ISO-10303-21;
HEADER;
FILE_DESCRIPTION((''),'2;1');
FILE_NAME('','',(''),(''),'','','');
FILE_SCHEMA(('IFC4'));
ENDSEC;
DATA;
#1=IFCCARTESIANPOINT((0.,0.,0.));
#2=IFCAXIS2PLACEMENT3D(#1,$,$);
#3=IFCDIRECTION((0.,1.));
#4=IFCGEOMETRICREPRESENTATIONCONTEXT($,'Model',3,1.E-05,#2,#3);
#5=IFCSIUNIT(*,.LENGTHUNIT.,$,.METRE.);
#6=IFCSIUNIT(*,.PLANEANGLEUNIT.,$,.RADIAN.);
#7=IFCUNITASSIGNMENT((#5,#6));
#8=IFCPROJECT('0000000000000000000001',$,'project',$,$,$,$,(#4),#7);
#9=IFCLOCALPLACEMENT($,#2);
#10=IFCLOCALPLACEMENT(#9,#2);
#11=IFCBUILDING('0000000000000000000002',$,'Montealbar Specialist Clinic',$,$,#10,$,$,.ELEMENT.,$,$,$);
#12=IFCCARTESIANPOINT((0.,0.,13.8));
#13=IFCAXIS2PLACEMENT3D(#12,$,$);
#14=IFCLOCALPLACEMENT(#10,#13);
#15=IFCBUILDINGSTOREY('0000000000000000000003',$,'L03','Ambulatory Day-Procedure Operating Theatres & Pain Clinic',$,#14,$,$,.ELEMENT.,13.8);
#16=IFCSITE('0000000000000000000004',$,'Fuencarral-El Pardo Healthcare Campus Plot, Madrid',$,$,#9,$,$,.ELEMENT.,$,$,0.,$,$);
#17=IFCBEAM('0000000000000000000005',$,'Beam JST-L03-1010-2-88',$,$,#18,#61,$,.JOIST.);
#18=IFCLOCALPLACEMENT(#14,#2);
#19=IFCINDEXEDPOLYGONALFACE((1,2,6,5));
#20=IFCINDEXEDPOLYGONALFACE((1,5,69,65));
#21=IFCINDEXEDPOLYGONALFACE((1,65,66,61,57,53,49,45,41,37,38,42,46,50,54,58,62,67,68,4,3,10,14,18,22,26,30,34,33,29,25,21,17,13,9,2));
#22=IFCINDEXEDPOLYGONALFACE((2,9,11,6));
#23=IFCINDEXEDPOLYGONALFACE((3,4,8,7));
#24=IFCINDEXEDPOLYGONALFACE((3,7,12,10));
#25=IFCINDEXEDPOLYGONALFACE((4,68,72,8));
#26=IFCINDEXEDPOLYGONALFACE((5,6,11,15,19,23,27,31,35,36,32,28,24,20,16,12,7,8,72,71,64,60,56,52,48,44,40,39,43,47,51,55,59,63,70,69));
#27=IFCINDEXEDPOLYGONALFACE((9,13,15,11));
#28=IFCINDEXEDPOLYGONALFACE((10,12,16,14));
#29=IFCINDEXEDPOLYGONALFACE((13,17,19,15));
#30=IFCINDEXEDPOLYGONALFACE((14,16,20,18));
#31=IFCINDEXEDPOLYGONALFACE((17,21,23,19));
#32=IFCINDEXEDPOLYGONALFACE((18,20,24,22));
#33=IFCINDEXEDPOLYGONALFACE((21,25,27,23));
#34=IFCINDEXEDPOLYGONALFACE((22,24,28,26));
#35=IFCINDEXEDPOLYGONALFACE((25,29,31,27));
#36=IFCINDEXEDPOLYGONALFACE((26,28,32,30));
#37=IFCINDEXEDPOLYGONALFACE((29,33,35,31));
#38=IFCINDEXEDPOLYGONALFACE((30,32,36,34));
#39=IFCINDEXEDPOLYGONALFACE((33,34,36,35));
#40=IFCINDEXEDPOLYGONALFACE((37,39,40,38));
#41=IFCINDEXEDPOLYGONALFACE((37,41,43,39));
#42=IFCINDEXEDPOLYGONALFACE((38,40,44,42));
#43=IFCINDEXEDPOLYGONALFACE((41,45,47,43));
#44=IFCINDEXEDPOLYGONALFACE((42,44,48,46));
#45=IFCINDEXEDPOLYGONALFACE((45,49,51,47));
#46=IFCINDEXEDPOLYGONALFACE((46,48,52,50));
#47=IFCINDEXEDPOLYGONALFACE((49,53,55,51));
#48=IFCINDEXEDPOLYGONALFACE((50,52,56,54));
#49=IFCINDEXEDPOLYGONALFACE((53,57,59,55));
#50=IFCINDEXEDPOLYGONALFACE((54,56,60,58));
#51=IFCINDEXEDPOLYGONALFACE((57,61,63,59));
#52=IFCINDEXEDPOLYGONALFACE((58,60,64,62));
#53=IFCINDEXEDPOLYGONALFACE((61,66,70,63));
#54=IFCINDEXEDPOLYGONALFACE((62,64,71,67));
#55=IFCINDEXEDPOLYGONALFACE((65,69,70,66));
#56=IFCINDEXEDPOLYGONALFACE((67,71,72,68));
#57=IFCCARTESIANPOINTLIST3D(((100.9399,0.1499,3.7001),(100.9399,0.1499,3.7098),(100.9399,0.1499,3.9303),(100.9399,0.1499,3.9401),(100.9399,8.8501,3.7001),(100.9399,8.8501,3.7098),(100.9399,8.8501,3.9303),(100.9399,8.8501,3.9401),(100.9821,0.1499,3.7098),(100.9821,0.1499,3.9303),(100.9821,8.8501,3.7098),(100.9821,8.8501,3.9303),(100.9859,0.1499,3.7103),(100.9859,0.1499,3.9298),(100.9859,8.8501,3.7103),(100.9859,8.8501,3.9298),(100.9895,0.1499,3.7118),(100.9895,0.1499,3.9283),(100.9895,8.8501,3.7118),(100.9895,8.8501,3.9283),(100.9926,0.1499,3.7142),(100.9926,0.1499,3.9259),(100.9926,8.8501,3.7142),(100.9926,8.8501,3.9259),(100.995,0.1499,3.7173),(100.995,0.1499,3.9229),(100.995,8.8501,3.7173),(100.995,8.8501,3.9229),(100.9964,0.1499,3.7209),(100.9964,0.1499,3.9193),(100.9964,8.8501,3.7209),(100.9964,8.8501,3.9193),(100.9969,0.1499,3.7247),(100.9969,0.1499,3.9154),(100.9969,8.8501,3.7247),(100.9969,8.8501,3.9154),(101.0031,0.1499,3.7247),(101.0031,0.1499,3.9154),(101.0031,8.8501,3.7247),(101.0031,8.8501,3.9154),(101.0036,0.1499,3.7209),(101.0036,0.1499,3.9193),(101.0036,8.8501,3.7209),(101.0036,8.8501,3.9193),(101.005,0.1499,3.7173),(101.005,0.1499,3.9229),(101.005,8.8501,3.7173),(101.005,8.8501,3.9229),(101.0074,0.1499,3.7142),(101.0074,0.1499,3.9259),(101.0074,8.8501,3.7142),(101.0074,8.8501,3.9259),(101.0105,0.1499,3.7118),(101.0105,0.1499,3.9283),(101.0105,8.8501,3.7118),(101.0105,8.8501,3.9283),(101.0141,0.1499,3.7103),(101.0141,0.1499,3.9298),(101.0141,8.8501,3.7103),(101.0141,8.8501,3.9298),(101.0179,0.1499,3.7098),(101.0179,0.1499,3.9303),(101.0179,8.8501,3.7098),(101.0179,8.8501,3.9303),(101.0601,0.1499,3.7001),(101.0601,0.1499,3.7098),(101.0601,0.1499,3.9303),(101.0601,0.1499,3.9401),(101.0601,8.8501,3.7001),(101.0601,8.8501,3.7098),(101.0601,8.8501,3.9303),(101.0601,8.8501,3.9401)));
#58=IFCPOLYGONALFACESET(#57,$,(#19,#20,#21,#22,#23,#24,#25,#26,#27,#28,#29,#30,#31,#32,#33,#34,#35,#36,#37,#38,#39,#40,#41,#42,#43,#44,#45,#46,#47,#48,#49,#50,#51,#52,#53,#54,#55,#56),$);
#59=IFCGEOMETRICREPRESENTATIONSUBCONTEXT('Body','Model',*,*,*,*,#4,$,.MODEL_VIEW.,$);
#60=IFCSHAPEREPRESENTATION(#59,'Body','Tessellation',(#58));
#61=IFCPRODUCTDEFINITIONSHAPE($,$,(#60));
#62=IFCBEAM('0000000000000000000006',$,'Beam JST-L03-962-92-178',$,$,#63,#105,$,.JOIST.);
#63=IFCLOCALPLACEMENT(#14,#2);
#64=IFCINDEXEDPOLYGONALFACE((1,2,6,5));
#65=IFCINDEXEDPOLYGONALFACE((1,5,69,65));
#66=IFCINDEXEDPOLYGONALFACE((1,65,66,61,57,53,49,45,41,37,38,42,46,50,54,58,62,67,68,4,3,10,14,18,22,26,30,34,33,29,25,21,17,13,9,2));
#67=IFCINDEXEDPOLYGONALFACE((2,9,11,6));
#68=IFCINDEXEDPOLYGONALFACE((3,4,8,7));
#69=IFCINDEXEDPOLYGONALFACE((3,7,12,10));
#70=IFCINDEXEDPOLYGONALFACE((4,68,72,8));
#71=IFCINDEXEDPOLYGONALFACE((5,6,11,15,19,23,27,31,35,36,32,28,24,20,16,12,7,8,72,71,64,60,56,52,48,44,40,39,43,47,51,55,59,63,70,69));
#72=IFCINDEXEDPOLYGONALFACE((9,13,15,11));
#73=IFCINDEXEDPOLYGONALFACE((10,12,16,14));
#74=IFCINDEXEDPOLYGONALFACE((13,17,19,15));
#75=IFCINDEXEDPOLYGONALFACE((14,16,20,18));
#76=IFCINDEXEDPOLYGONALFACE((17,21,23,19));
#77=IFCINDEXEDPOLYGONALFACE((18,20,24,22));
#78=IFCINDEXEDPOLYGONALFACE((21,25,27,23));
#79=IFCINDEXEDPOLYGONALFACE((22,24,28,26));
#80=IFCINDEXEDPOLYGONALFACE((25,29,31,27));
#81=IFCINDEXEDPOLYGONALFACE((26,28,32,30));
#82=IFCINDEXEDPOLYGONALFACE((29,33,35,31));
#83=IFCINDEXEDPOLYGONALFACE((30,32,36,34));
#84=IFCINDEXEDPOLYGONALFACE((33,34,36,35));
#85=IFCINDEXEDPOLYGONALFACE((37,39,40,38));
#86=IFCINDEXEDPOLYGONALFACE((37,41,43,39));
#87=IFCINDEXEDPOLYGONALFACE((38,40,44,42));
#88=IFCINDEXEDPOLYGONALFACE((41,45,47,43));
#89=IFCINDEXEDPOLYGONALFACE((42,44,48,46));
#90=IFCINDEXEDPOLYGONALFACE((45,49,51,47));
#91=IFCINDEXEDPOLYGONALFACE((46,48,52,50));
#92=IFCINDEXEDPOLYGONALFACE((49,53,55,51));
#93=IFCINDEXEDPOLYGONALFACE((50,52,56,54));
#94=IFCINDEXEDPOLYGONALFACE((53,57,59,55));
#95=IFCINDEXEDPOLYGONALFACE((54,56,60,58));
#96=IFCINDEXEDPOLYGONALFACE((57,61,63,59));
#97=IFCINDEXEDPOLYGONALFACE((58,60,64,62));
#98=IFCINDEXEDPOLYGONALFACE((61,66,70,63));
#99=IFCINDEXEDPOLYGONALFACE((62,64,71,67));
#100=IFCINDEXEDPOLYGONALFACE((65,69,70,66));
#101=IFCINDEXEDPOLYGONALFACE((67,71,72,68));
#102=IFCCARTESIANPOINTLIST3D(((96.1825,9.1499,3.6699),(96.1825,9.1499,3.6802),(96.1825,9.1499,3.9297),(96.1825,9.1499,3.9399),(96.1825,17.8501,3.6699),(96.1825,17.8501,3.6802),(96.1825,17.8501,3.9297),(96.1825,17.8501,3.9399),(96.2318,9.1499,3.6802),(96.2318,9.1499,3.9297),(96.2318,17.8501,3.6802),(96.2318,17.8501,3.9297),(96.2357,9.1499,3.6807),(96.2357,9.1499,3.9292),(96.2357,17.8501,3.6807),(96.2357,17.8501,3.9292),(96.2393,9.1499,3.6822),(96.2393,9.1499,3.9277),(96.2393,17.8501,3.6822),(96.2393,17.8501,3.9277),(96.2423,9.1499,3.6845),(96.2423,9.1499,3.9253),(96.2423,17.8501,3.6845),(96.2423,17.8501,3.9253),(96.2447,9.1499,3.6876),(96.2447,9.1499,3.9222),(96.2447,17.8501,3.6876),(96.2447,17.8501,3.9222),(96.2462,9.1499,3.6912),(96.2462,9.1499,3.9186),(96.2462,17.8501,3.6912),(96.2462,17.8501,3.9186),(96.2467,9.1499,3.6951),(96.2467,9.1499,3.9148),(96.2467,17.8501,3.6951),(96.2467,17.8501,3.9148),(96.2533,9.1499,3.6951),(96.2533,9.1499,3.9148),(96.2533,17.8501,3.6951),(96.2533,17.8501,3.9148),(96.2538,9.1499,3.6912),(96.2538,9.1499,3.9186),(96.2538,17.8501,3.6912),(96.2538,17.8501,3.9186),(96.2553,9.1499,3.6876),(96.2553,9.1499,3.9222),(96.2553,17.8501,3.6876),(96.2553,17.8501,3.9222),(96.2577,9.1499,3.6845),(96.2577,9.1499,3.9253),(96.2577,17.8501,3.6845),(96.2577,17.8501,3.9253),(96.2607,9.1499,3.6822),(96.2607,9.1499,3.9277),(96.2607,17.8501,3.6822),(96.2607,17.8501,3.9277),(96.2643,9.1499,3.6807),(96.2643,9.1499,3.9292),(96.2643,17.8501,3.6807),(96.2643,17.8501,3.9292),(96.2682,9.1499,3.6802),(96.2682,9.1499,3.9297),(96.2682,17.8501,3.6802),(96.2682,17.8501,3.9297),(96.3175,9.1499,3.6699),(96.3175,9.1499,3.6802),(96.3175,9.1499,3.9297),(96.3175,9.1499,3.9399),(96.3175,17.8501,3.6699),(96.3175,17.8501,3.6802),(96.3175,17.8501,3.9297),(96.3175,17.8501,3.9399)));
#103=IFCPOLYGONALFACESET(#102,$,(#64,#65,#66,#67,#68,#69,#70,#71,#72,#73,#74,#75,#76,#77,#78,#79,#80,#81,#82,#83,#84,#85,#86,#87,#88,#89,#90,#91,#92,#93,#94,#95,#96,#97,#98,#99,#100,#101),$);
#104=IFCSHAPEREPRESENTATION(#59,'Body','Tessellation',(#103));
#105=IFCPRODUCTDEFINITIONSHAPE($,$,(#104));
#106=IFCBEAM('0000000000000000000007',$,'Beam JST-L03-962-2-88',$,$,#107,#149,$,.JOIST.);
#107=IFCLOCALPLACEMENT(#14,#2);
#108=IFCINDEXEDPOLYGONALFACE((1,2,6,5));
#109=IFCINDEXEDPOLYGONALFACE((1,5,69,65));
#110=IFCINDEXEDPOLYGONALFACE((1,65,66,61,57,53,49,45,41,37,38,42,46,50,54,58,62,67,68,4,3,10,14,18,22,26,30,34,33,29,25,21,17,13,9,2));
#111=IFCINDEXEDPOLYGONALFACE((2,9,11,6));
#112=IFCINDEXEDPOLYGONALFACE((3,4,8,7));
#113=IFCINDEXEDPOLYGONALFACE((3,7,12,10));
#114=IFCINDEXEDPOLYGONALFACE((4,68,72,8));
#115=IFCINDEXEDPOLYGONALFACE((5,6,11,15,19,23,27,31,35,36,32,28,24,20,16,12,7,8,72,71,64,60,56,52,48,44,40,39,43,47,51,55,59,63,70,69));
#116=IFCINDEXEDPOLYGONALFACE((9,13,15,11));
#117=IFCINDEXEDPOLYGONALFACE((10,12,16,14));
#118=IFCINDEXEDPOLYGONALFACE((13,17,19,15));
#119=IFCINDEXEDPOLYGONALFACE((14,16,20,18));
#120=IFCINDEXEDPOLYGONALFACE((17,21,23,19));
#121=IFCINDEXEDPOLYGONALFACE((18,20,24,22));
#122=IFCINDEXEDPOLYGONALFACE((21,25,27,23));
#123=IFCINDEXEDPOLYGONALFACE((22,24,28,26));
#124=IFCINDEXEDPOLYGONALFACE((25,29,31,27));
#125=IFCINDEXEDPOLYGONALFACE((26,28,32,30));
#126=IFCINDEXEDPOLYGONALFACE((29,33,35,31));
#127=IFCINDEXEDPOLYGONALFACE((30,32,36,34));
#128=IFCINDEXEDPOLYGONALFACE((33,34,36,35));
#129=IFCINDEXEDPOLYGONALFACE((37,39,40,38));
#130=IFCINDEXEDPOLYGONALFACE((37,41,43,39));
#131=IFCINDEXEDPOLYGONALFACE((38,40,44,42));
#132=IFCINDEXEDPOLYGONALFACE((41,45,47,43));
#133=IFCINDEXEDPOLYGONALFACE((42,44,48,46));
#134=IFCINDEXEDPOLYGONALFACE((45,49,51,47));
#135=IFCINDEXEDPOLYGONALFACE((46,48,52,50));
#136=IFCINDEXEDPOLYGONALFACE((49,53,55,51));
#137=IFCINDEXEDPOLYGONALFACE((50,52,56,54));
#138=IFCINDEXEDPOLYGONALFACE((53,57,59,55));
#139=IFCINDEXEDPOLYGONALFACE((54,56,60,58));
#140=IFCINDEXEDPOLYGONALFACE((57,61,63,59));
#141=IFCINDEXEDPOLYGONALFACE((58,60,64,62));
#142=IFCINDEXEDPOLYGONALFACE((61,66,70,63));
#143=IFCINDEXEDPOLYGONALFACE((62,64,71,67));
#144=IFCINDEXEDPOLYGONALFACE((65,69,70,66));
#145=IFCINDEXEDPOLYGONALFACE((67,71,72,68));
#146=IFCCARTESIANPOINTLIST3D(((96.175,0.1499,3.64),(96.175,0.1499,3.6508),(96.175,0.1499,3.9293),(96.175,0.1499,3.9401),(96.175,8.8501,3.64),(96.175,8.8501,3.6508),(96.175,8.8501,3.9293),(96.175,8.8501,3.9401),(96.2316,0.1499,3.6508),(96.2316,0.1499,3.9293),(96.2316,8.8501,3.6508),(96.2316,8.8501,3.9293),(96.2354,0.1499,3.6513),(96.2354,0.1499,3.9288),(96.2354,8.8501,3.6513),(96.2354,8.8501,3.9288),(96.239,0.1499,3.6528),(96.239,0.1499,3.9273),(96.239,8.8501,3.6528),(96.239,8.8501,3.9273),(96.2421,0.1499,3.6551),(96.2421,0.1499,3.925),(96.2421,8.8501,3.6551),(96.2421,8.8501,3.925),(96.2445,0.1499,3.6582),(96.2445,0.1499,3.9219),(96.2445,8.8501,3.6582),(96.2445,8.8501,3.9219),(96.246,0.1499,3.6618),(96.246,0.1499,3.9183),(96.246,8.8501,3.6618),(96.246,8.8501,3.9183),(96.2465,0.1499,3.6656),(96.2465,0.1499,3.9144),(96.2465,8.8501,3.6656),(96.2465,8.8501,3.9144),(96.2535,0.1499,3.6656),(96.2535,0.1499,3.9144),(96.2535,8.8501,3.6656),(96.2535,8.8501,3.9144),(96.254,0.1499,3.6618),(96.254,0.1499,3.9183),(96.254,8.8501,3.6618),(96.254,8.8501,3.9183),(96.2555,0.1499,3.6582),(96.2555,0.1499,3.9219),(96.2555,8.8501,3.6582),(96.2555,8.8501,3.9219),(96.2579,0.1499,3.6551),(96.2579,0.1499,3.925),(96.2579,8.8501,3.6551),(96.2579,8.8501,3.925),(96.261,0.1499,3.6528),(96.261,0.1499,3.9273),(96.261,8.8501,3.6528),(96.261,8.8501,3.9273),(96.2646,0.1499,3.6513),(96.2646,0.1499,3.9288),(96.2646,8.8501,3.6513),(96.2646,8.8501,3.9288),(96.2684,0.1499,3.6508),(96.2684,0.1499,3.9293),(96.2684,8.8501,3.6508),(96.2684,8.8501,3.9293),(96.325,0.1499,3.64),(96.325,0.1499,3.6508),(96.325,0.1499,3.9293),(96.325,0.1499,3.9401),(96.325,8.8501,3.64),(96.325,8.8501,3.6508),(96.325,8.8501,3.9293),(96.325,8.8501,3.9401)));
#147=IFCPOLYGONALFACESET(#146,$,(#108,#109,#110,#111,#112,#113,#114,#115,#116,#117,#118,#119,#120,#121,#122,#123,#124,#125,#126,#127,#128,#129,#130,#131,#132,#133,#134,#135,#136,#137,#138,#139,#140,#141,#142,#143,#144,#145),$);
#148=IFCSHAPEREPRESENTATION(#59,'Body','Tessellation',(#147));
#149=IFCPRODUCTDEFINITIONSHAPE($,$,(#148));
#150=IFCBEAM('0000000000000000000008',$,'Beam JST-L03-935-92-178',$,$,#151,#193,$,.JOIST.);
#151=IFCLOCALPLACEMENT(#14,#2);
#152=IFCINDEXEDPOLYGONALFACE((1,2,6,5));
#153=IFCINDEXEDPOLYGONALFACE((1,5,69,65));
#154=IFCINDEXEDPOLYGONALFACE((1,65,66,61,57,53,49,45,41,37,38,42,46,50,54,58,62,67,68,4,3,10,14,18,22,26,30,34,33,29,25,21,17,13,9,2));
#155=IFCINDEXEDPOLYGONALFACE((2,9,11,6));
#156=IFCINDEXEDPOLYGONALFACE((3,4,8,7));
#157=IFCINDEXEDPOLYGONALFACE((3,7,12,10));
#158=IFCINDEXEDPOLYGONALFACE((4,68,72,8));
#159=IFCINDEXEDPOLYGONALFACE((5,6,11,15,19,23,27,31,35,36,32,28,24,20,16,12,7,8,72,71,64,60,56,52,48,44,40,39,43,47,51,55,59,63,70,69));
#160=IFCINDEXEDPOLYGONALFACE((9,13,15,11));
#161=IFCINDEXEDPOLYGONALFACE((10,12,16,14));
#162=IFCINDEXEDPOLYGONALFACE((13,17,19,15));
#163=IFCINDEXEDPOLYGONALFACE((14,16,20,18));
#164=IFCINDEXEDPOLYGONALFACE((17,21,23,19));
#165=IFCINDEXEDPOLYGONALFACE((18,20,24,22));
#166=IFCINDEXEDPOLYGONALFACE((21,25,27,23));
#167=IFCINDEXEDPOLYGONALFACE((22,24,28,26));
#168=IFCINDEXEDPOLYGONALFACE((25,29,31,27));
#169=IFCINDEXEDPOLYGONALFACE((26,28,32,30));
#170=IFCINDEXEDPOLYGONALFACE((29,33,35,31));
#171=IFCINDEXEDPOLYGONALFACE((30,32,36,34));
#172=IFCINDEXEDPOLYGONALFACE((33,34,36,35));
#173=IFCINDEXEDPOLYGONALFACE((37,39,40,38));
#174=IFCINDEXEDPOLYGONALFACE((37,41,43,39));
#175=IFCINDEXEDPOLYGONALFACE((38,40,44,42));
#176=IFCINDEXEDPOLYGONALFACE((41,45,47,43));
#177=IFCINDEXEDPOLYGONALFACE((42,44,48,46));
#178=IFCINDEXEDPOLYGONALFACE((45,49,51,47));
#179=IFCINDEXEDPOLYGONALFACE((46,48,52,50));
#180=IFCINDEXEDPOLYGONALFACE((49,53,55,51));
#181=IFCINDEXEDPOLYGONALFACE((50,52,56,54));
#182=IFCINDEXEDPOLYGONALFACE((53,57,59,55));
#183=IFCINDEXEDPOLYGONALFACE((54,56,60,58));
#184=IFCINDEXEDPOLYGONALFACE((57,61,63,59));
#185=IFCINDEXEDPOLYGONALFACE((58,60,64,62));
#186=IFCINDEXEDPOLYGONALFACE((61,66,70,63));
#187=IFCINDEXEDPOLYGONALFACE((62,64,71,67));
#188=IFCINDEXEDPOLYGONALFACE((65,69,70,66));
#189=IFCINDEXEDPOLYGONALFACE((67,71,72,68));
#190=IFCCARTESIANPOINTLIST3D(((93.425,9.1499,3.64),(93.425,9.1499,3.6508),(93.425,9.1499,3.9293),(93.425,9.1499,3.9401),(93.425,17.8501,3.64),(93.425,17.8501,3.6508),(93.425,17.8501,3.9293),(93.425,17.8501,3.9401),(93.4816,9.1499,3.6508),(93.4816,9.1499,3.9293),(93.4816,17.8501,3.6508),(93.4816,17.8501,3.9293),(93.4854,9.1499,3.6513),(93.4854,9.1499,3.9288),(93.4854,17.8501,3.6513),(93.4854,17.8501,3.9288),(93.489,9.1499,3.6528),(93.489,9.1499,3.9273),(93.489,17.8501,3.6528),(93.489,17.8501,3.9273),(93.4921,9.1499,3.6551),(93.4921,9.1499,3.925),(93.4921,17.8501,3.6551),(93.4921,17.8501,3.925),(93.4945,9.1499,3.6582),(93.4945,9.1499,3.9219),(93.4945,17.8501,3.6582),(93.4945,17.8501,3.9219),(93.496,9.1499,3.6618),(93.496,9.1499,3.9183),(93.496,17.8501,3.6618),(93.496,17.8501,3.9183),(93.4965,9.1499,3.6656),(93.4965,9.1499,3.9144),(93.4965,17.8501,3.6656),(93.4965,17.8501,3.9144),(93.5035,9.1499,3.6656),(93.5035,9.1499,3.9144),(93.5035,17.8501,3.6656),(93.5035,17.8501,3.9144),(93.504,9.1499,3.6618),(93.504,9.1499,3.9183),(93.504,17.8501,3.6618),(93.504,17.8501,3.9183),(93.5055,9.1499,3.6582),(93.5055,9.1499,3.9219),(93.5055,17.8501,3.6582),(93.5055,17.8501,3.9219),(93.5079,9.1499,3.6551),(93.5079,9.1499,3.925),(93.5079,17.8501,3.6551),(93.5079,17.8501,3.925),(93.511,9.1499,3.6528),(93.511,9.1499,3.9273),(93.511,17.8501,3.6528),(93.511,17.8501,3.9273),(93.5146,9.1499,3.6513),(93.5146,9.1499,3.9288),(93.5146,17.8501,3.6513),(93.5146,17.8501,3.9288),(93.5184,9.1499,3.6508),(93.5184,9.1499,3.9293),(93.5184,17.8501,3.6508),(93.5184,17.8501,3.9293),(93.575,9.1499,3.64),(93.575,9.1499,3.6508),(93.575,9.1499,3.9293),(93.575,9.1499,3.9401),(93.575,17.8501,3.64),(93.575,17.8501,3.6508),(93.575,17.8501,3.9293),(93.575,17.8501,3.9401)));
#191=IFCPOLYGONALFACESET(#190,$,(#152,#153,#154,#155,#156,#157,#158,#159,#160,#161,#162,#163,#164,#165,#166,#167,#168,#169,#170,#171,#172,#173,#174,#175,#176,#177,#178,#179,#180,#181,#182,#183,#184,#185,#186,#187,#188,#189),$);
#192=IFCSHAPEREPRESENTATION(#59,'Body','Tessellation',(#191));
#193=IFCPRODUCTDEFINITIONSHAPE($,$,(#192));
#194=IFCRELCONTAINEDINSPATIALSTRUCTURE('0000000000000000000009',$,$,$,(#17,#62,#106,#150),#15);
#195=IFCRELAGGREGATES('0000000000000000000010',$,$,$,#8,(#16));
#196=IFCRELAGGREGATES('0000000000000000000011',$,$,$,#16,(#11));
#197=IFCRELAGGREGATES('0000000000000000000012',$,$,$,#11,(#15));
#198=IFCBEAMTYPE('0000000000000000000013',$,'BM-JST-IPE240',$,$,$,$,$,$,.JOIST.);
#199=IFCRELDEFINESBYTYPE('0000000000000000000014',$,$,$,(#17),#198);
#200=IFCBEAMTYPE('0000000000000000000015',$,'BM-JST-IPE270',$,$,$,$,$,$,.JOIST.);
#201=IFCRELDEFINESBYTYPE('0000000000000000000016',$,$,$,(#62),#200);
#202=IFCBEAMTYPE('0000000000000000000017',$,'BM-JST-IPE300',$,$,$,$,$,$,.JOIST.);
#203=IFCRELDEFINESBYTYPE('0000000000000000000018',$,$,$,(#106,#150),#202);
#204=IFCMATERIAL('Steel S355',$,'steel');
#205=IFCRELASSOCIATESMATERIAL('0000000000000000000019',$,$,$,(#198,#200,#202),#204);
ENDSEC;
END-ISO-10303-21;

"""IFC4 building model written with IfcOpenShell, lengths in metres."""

from ifc_helpers import new_model, si_unit, direction, frame, origin, origin_2d, place, context, subcontext, project, spatial, i_section, extrude, material, material_profile, profile_set, type_object, element, save


model = new_model("IFC4")

# Units and contexts
model_context = context("Model", 3, precision=1e-05, world=origin(), true_north=direction((0.0, 1.0)))
body_context = subcontext(model_context, "Body", "Model", "MODEL_VIEW")
ifc_project = project(units=[si_unit("LENGTHUNIT", "METRE"), si_unit("PLANEANGLEUNIT", "RADIAN")], contexts=[model_context])

# Site, building, storey
site_placement = place(None, origin())
site = spatial("IfcSite", under=ifc_project, at=site_placement, Name="Fuencarral-El Pardo Healthcare Campus Plot, Madrid", CompositionType="ELEMENT", RefElevation=0.0)
building_placement = place(site_placement, origin())
building = spatial("IfcBuilding", under=site, at=building_placement, Name="Montealbar Specialist Clinic", CompositionType="ELEMENT")
storey_placement = place(building_placement, frame((0.0, 0.0, 13.8)))
storey = spatial("IfcBuildingStorey", under=building, at=storey_placement, Name="L03", Description="Ambulatory Day-Procedure Operating Theatres & Pain Clinic", CompositionType="ELEMENT", Elevation=13.8)

# Shared definitions
ifc_material_1 = material(Name="Steel S355", Category="steel")

# Beams
ifc_material_profile_1 = material_profile(ifc_material_1, i_section(OverallWidth=0.1201, OverallDepth=0.24, WebThickness=0.0061, FlangeThickness=0.0098, FilletRadius=0.0149, at=origin_2d()), Name="IPE 240", Category="steel")
ifc_profile_set_1 = profile_set([ifc_material_profile_1], Name="Steel S355")
beam_type_1 = type_object("IfcBeamType", Name="BM-JST-IPE240", PredefinedType="JOIST", material=ifc_profile_set_1)
beam_1_placement = place(storey_placement, frame((101.0, 0.1499, 3.8201), z_axis=(0.0, 1.0, 0.0), x_axis=(-1.0, 0.0, 0.0)))
element("IfcBeam", 1, at=beam_1_placement, inside=storey, type_object=beam_type_1, Name="Beam JST-L03-1010-2-88", PredefinedType="JOIST", context=body_context, shape_type="SweptSolid", body=[
    extrude(i_section(OverallWidth=0.1201, OverallDepth=0.24, WebThickness=0.0061, FlangeThickness=0.0098, FilletRadius=0.0149, at=origin_2d()), origin(), (0.0, 0.0, 1.0), 8.7002),
])
ifc_material_profile_2 = material_profile(ifc_material_1, i_section(OverallWidth=0.135, OverallDepth=0.27, WebThickness=0.0066, FlangeThickness=0.0103, FilletRadius=0.0149, at=origin_2d()), Name="IPE 270", Category="steel")
ifc_profile_set_2 = profile_set([ifc_material_profile_2], Name="Steel S355")
beam_type_2 = type_object("IfcBeamType", Name="BM-JST-IPE270", PredefinedType="JOIST", material=ifc_profile_set_2)
beam_2_placement = place(storey_placement, frame((96.25, 9.1499, 3.8049), z_axis=(0.0, 1.0, 0.0), x_axis=(-1.0, 0.0, 0.0)))
element("IfcBeam", 2, at=beam_2_placement, inside=storey, type_object=beam_type_2, Name="Beam JST-L03-962-92-178", PredefinedType="JOIST", context=body_context, shape_type="SweptSolid", body=[
    extrude(i_section(OverallWidth=0.135, OverallDepth=0.27, WebThickness=0.0066, FlangeThickness=0.0103, FilletRadius=0.0149, at=origin_2d()), origin(), (0.0, 0.0, 1.0), 8.7002),
])
ifc_material_profile_3 = material_profile(ifc_material_1, i_section(OverallWidth=0.1499, OverallDepth=0.3, WebThickness=0.0071, FlangeThickness=0.0107, FilletRadius=0.0149, at=origin_2d()), Name="IPE 300", Category="steel")
ifc_profile_set_3 = profile_set([ifc_material_profile_3], Name="Steel S355")
beam_type_3 = type_object("IfcBeamType", Name="BM-JST-IPE300", PredefinedType="JOIST", material=ifc_profile_set_3)
for number, where, z_axis, x_axis, name in (
    (3, (96.25, 0.1499, 3.79), (0.0, 1.0, 0.0), (-1.0, 0.0, 0.0), "Beam JST-L03-962-2-88"),
    (4, (93.5, 9.1499, 3.79), (0.0, 1.0, 0.0), (-1.0, 0.0, 0.0), "Beam JST-L03-935-92-178"),
):
    element("IfcBeam", number, at=place(storey_placement, frame(where, z_axis=z_axis, x_axis=x_axis)), inside=storey, type_object=beam_type_3, Name=name, PredefinedType="JOIST", context=body_context, shape_type="SweptSolid", body=[
        extrude(i_section(OverallWidth=0.1499, OverallDepth=0.3, WebThickness=0.0071, FlangeThickness=0.0107, FilletRadius=0.0149, at=origin_2d()), origin(), (0.0, 0.0, 1.0), 8.7002),
    ])

save(model, "model.ifc")
